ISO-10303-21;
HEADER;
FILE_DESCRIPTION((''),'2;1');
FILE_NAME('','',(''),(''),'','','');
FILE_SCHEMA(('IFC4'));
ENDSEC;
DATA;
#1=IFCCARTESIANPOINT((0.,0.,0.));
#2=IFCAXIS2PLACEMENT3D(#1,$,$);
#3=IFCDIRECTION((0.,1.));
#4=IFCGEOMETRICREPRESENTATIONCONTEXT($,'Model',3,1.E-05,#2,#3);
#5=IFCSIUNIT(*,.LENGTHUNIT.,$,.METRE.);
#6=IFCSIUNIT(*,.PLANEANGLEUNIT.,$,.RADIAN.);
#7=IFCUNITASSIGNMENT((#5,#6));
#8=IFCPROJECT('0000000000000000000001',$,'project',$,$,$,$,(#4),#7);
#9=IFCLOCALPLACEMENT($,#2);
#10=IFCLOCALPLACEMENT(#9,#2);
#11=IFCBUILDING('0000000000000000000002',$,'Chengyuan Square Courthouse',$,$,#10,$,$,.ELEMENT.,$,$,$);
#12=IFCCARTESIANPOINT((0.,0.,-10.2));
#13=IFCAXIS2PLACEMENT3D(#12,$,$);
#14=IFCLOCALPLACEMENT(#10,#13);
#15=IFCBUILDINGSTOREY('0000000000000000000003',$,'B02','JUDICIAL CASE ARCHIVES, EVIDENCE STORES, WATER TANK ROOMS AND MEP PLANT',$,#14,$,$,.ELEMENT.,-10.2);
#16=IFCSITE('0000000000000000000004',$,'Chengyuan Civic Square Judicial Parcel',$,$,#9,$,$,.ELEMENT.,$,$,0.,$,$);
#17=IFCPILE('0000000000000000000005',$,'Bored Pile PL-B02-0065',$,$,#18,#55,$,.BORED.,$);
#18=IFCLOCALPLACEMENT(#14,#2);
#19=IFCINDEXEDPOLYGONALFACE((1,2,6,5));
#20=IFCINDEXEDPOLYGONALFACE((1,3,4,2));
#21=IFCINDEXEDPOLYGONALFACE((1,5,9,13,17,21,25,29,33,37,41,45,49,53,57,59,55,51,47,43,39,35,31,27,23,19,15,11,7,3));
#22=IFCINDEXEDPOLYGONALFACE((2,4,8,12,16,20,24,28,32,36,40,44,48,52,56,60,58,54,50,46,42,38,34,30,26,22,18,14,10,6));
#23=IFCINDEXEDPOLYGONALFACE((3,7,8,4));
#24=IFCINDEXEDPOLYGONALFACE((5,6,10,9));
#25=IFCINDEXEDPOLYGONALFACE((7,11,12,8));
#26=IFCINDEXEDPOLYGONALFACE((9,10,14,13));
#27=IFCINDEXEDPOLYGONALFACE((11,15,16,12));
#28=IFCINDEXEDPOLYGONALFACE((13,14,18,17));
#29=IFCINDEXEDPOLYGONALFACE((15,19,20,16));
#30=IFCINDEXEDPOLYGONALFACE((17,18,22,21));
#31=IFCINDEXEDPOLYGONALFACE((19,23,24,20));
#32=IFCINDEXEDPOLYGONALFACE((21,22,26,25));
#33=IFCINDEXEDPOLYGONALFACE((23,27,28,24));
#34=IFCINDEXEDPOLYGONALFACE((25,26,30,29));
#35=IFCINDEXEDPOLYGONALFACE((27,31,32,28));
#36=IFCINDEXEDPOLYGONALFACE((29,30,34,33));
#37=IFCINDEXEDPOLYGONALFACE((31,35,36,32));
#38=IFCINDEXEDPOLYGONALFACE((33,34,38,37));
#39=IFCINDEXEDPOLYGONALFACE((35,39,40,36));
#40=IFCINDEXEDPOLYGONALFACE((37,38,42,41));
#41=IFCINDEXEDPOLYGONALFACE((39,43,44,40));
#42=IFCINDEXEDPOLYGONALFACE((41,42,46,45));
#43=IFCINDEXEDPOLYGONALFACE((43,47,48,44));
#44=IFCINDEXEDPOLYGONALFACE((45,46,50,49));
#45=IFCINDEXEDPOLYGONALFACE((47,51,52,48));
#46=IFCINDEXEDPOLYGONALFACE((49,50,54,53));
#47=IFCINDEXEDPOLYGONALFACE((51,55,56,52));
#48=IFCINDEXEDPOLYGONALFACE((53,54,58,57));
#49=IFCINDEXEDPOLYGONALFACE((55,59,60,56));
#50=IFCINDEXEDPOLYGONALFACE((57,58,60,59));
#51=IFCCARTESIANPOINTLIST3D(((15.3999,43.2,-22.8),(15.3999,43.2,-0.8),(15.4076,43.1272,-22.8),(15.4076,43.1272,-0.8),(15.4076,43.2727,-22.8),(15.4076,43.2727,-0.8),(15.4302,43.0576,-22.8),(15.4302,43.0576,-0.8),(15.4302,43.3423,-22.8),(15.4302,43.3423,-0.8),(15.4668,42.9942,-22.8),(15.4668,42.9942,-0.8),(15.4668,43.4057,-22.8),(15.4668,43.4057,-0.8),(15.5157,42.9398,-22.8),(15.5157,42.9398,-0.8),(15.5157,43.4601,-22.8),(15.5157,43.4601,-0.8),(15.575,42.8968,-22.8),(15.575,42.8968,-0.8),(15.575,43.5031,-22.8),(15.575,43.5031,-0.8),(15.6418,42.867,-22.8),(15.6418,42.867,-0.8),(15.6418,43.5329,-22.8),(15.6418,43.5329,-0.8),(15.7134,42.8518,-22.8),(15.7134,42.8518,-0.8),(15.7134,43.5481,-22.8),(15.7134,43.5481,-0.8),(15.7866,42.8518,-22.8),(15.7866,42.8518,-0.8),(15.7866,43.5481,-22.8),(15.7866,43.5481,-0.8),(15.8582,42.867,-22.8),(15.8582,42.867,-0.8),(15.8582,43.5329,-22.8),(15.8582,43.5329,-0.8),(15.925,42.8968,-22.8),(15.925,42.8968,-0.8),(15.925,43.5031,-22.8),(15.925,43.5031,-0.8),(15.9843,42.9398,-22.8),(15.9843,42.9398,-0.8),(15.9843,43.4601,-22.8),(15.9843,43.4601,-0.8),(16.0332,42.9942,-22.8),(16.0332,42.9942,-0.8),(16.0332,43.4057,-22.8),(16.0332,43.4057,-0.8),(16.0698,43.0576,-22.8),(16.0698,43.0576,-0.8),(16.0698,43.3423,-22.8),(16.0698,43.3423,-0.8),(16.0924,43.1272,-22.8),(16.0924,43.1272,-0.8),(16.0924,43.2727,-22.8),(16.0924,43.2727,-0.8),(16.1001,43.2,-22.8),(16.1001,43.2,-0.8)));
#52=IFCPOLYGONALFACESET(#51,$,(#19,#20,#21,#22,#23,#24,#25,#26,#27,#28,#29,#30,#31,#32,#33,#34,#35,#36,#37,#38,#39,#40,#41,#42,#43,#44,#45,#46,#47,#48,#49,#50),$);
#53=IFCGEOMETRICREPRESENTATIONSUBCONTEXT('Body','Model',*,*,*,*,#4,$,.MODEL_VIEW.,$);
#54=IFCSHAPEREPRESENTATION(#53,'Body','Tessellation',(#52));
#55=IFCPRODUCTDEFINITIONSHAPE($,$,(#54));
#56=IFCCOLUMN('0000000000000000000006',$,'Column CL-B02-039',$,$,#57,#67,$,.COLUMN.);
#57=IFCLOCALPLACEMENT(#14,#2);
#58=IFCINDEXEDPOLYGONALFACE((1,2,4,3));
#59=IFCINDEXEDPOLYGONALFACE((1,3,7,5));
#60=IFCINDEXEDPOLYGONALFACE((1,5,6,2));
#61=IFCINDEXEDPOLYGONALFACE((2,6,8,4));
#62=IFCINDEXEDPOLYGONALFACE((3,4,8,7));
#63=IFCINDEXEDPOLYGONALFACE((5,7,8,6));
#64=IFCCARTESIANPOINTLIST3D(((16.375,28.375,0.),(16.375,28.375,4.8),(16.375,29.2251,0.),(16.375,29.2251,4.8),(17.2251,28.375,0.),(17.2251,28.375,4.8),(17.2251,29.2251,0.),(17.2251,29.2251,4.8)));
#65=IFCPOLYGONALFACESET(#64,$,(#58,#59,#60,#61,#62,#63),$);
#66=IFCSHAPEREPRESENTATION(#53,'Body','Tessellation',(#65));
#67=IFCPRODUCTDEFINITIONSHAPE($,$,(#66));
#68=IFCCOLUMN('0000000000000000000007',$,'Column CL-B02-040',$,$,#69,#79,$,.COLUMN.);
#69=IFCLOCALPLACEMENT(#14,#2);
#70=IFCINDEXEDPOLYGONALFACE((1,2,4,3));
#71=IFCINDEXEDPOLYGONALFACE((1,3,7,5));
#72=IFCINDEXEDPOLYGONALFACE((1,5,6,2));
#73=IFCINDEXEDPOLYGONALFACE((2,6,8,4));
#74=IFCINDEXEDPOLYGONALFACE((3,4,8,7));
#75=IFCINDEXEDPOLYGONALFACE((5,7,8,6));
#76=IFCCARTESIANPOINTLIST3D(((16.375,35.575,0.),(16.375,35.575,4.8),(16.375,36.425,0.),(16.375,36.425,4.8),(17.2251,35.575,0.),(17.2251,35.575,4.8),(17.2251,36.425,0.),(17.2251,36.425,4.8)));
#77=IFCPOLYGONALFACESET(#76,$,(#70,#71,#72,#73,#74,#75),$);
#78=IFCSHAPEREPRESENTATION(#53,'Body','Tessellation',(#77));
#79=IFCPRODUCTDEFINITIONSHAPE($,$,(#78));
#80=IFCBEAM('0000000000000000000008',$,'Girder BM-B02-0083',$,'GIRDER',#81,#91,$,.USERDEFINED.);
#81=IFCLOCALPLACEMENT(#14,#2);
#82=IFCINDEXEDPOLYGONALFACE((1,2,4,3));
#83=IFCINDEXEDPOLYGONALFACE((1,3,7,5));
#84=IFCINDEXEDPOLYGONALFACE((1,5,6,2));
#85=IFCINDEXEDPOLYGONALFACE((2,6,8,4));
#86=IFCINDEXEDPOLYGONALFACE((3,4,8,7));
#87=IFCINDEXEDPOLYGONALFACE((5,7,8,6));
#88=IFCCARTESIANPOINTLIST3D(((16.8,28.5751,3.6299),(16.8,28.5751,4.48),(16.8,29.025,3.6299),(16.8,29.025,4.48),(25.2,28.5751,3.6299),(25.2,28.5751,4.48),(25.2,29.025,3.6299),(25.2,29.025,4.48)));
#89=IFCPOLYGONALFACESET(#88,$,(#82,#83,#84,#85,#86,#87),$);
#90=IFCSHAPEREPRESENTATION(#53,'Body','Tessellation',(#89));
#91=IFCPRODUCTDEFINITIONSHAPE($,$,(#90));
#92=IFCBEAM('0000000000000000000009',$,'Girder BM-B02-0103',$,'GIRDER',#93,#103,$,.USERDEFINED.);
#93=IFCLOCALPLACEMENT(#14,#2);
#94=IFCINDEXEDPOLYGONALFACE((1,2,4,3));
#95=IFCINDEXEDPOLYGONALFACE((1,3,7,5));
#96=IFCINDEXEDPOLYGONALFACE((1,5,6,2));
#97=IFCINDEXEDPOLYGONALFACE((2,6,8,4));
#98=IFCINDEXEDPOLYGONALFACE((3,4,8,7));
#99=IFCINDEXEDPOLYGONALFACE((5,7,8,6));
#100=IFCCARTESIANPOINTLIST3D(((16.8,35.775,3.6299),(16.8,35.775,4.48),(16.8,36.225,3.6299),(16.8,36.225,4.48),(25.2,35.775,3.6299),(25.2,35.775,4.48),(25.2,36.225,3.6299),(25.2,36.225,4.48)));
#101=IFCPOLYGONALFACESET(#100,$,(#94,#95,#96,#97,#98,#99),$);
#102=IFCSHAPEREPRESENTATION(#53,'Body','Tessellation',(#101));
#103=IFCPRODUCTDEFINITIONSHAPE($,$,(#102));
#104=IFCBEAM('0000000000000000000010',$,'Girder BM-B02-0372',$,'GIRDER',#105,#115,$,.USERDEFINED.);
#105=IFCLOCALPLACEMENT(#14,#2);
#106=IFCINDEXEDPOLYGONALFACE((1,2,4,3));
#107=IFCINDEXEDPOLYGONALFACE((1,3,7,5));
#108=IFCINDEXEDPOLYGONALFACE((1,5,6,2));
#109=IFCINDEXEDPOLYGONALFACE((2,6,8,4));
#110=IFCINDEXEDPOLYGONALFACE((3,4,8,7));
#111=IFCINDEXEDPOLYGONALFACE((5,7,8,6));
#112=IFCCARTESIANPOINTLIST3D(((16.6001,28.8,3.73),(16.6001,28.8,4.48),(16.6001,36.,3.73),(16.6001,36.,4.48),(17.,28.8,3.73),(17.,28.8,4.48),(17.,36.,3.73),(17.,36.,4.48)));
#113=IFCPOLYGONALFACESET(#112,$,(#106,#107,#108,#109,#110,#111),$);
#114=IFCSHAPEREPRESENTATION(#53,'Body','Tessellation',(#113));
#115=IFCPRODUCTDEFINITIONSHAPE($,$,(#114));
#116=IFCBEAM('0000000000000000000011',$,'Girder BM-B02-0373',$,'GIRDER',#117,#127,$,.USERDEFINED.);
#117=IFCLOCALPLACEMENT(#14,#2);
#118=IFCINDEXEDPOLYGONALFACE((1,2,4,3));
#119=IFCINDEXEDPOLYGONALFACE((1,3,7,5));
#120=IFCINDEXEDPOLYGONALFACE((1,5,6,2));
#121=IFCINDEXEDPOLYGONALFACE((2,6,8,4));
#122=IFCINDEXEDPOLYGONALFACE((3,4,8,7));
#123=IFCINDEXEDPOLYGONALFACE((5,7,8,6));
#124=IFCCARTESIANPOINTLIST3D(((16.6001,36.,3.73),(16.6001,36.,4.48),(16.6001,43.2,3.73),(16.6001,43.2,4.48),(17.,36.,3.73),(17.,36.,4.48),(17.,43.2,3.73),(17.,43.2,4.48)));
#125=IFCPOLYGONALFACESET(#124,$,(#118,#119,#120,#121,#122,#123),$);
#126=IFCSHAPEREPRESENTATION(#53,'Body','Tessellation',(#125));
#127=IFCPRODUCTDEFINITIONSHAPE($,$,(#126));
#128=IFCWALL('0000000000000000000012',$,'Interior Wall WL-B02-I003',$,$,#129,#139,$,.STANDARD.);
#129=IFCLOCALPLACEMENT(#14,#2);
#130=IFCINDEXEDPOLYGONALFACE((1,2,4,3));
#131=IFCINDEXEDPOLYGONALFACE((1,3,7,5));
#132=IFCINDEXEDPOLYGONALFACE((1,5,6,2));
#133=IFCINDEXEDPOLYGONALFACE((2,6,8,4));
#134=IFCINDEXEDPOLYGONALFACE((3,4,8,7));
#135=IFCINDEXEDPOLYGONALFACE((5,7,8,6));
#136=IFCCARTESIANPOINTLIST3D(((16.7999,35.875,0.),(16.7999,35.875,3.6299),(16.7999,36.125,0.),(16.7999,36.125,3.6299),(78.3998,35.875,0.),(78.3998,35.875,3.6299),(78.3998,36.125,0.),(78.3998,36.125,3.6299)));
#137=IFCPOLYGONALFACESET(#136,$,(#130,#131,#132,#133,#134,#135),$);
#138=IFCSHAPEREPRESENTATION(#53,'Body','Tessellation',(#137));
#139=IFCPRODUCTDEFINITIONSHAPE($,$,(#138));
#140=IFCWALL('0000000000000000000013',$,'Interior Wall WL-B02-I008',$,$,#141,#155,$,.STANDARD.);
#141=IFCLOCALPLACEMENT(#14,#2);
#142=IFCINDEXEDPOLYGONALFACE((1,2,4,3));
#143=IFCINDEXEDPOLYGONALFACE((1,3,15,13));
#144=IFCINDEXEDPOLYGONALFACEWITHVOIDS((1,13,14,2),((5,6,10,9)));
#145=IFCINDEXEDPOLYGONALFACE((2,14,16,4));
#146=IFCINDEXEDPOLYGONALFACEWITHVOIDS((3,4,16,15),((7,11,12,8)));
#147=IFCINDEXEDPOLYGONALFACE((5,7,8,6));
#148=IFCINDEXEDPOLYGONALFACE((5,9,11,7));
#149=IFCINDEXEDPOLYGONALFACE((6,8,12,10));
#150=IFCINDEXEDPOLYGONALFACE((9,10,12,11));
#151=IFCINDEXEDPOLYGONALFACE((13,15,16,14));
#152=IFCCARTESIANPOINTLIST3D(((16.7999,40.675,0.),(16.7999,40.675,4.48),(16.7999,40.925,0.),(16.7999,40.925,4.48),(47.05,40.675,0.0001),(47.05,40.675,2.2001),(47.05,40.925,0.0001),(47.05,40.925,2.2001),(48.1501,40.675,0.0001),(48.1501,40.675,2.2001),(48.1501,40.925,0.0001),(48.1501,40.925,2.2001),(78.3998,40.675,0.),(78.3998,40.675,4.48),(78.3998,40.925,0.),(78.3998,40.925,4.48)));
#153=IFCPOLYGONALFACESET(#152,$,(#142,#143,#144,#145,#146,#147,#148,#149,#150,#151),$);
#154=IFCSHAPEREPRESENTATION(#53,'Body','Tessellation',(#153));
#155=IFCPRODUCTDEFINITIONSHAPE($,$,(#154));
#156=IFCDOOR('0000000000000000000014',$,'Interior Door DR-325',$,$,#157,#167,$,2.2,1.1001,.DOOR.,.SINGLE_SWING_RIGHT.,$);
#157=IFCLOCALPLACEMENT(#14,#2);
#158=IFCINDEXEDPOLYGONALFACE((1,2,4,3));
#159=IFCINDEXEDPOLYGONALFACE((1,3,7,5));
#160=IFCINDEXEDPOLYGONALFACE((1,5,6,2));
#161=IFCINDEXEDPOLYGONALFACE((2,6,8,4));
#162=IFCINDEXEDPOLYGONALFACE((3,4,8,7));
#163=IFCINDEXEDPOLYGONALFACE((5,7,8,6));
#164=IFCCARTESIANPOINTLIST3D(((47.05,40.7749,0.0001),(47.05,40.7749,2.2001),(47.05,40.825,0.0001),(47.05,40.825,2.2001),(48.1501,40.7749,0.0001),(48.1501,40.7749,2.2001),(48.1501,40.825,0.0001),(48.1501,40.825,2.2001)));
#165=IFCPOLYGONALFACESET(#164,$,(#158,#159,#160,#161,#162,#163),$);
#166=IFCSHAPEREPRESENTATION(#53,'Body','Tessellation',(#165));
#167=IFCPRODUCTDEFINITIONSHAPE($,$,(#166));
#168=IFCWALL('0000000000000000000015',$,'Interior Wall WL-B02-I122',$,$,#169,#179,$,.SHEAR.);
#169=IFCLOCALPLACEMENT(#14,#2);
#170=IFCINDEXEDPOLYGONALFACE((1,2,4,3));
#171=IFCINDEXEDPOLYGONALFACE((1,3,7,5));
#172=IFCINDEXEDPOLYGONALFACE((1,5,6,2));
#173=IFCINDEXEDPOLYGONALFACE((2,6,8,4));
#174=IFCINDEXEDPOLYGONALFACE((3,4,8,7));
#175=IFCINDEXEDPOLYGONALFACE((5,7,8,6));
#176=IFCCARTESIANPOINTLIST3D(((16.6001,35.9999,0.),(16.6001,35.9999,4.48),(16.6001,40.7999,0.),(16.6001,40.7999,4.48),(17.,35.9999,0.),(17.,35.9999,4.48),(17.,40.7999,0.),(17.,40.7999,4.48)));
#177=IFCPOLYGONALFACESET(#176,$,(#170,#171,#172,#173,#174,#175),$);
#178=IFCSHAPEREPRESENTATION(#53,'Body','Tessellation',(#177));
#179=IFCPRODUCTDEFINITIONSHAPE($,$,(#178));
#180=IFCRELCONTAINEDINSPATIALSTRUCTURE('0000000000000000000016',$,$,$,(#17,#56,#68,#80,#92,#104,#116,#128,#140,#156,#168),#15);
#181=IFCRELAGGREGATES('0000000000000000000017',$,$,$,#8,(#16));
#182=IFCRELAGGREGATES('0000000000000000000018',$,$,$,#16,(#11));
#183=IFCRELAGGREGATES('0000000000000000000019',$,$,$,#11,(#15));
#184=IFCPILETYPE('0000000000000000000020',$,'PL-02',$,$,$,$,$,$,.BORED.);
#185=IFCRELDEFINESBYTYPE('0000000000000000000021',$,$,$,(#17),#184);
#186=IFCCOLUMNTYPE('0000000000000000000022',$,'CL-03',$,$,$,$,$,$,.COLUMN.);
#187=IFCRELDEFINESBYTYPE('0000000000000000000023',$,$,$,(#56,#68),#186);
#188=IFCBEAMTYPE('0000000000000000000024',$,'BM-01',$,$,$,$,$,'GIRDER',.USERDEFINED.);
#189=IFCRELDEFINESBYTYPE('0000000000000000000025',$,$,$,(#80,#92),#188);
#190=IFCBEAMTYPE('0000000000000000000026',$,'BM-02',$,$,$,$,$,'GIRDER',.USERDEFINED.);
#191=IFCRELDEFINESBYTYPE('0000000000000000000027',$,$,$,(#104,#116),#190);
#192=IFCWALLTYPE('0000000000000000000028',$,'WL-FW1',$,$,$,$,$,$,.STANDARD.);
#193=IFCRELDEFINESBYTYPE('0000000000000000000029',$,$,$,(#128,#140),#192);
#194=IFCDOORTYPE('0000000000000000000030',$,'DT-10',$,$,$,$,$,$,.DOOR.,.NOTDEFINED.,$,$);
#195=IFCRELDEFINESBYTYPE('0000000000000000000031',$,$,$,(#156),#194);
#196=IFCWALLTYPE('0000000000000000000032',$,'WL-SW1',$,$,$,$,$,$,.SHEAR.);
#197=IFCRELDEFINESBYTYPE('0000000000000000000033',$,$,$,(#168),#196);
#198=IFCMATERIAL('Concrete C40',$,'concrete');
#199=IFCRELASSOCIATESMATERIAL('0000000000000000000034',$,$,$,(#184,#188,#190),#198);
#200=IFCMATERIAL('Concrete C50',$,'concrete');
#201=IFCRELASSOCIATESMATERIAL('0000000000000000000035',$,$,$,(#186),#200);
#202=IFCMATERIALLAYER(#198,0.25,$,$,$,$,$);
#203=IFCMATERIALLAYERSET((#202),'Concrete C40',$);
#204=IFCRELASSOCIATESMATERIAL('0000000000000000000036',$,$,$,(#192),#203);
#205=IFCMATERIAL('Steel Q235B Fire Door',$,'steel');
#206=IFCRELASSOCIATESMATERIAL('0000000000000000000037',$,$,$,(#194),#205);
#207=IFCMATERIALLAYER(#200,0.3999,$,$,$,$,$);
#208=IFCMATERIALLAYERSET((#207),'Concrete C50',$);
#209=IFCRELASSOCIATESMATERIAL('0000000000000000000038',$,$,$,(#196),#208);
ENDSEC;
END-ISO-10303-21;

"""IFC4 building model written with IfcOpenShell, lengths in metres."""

from ifc_helpers import new_model, si_unit, direction, frame, frame_2d, origin, origin_2d, place, context, subcontext, project, spatial, rectangle, circle, extrude, material, layer, layer_set, material_profile, profile_set, type_object, element, fill, save


model = new_model("IFC4")

# Units and contexts
model_context = context("Model", 3, precision=1e-05, world=origin(), true_north=direction((0.0, 1.0)))
body_context = subcontext(model_context, "Body", "Model", "MODEL_VIEW")
ifc_project = project(units=[si_unit("LENGTHUNIT", "METRE"), si_unit("PLANEANGLEUNIT", "RADIAN")], contexts=[model_context])

# Site, building, storey
site_placement = place(None, origin())
site = spatial("IfcSite", under=ifc_project, at=site_placement, Name="Chengyuan Civic Square Judicial Parcel", CompositionType="ELEMENT", RefElevation=0.0)
building_placement = place(site_placement, origin())
building = spatial("IfcBuilding", under=site, at=building_placement, Name="Chengyuan Square Courthouse", CompositionType="ELEMENT")
storey_placement = place(building_placement, frame((0.0, 0.0, -10.2)))
storey = spatial("IfcBuildingStorey", under=building, at=storey_placement, Name="B02", Description="JUDICIAL CASE ARCHIVES, EVIDENCE STORES, WATER TANK ROOMS AND MEP PLANT", CompositionType="ELEMENT", Elevation=-10.2)

# Shared definitions
ifc_material_1 = material(Name="Concrete C40", Category="concrete")

# Pile
ifc_material_profile_1 = material_profile(ifc_material_1, circle(Radius=0.3501, at=origin_2d()), Name="BORED PILE D700")
ifc_profile_set_1 = profile_set([ifc_material_profile_1], Name="Concrete C40")
pile_type = type_object("IfcPileType", Name="PL-02", PredefinedType="BORED", material=ifc_profile_set_1)
for number, where, z_axis, x_axis, name in (
    (1, (15.75, 43.2, -0.8), (0.0, 0.0, -1.0), (1.0, 0.0, 0.0), "Bored Pile PL-B02-0065"),
):
    element("IfcPile", number, at=place(storey_placement, frame(where, z_axis=z_axis, x_axis=x_axis)), inside=storey, type_object=pile_type, Name=name, PredefinedType="BORED", context=body_context, shape_type="SweptSolid", body=[
        extrude(circle(Radius=0.3501, at=origin_2d()), origin(), (0.0, 0.0, 1.0), 22.0),
    ])

# Columns
ifc_material_2 = material(Name="Concrete C50", Category="concrete")
ifc_material_profile_2 = material_profile(ifc_material_2, rectangle(XDim=0.8501, YDim=0.8501, at=origin_2d()), Name="RC-COL-850x850")
ifc_profile_set_2 = profile_set([ifc_material_profile_2], Name="Concrete C50")
column_type = type_object("IfcColumnType", Name="CL-03", PredefinedType="COLUMN", material=ifc_profile_set_2)
for number, where, z_axis, x_axis, name in (
    (2, (16.8, 28.8, 0.0), (0.0, 0.0, 1.0), (1.0, 0.0, 0.0), "Column CL-B02-039"),
    (3, (16.8, 36.0, 0.0), (0.0, 0.0, 1.0), (1.0, 0.0, 0.0), "Column CL-B02-040"),
):
    element("IfcColumn", number, at=place(storey_placement, frame(where, z_axis=z_axis, x_axis=x_axis)), inside=storey, type_object=column_type, Name=name, PredefinedType="COLUMN", context=body_context, shape_type="SweptSolid", body=[
        extrude(rectangle(XDim=0.8501, YDim=0.8501, at=origin_2d()), origin(), (0.0, 0.0, 1.0), 4.8),
    ])

# Beams
ifc_material_profile_3 = material_profile(ifc_material_1, rectangle(XDim=0.45, YDim=0.8501, at=origin_2d()), Name="RC-BM-450x850")
ifc_profile_set_3 = profile_set([ifc_material_profile_3], Name="Concrete C40")
beam_type_1 = type_object("IfcBeamType", Name="BM-01", ElementType="GIRDER", PredefinedType="USERDEFINED", material=ifc_profile_set_3)
for number, where, z_axis, x_axis, name in (
    (4, (16.8, 28.8, 4.0549), (1.0, 0.0, 0.0), (0.0, 1.0, 0.0), "Girder BM-B02-0083"),
    (5, (16.8, 36.0, 4.0549), (1.0, 0.0, 0.0), (0.0, 1.0, 0.0), "Girder BM-B02-0103"),
):
    element("IfcBeam", number, at=place(storey_placement, frame(where, z_axis=z_axis, x_axis=x_axis)), inside=storey, type_object=beam_type_1, Name=name, ObjectType="GIRDER", PredefinedType="USERDEFINED", context=body_context, shape_type="SweptSolid", body=[
        extrude(rectangle(XDim=0.45, YDim=0.8501, at=origin_2d()), origin(), (0.0, 0.0, 1.0), 8.3999),
    ])
ifc_material_profile_4 = material_profile(ifc_material_1, rectangle(XDim=0.3999, YDim=0.75, at=origin_2d()), Name="RC-BM-400x750")
ifc_profile_set_4 = profile_set([ifc_material_profile_4], Name="Concrete C40")
beam_type_2 = type_object("IfcBeamType", Name="BM-02", ElementType="GIRDER", PredefinedType="USERDEFINED", material=ifc_profile_set_4)
for number, where, z_axis, x_axis, name in (
    (6, (16.8, 28.8, 4.105), (0.0, 1.0, 0.0), (-1.0, 0.0, 0.0), "Girder BM-B02-0372"),
    (7, (16.8, 36.0, 4.105), (0.0, 1.0, 0.0), (-1.0, 0.0, 0.0), "Girder BM-B02-0373"),
):
    element("IfcBeam", number, at=place(storey_placement, frame(where, z_axis=z_axis, x_axis=x_axis)), inside=storey, type_object=beam_type_2, Name=name, ObjectType="GIRDER", PredefinedType="USERDEFINED", context=body_context, shape_type="SweptSolid", body=[
        extrude(rectangle(XDim=0.3999, YDim=0.75, at=origin_2d()), origin(), (0.0, 0.0, 1.0), 7.2),
    ])

# Wall
ifc_layer_1 = layer(ifc_material_1, 0.25)
ifc_layer_set_1 = layer_set([ifc_layer_1], Name="Concrete C40")
wall_type_1 = type_object("IfcWallType", Name="WL-FW1", PredefinedType="STANDARD", material=ifc_layer_set_1)
wall_1_placement = place(storey_placement, frame((16.8, 36.0, 0.0), z_axis=(0.0, 0.0, 1.0), x_axis=(1.0, 0.0, 0.0)))
element("IfcWall", 8, at=wall_1_placement, inside=storey, type_object=wall_type_1, Name="Interior Wall WL-B02-I003", PredefinedType="STANDARD", context=body_context, shape_type="SweptSolid", body=[
    extrude(rectangle(XDim=61.5999, YDim=0.25, at=frame_2d((30.7998, 0.0))), origin(), (0.0, 0.0, 1.0), 3.6299),
])

# Wall, opening, door
wall_2_placement = place(storey_placement, frame((16.8, 40.8, 0.0), z_axis=(0.0, 0.0, 1.0), x_axis=(1.0, 0.0, 0.0)))
wall_2 = element("IfcWall", 9, at=wall_2_placement, inside=storey, type_object=wall_type_1, Name="Interior Wall WL-B02-I008", PredefinedType="STANDARD", context=body_context, shape_type="SweptSolid", body=[
    extrude(rectangle(XDim=61.5999, YDim=0.25, at=frame_2d((30.7998, 0.0))), origin(), (0.0, 0.0, 1.0), 4.48),
])
opening_1_placement = place(wall_2_placement, frame((30.25, 0.0, 0.0)))
opening_1 = element("IfcOpeningElement", 10, at=opening_1_placement, cuts=wall_2, PredefinedType="OPENING", context=body_context, shape_type="SweptSolid", body=[
    extrude(rectangle(XDim=1.1001, YDim=2.2, at=frame_2d((0.55, 1.1001))), frame((0.0, 0.137, 0.0), z_axis=(0.0, -1.0, 0.0), x_axis=(1.0, 0.0, 0.0)), (0.0, 0.0, 1.0), 0.2739),
])
ifc_material_3 = material(Name="Steel Q235B Fire Door", Category="steel")
door_type_1 = type_object("IfcDoorType", Name="DT-10", OperationType="NOTDEFINED", PredefinedType="DOOR", material=ifc_material_3)
door_1_placement = place(opening_1_placement, origin())
door_1 = element("IfcDoor", 11, at=door_1_placement, inside=storey, type_object=door_type_1, Name="Interior Door DR-325", OperationType="SINGLE_SWING_RIGHT", OverallHeight=2.2, OverallWidth=1.1001, PredefinedType="DOOR", context=body_context, shape_type="SweptSolid", body=[
    extrude(rectangle(XDim=1.1001, YDim=2.2, at=frame_2d((0.55, 1.1001))), frame((0.0, 0.0249, 0.0), z_axis=(0.0, -1.0, 0.0), x_axis=(1.0, 0.0, 0.0)), (0.0, 0.0, 1.0), 0.05),
])
fill(opening_1, door_1)

# Wall
ifc_layer_2 = layer(ifc_material_2, 0.3999)
ifc_layer_set_2 = layer_set([ifc_layer_2], Name="Concrete C50")
wall_type_2 = type_object("IfcWallType", Name="WL-SW1", PredefinedType="SHEAR", material=ifc_layer_set_2)
wall_3_placement = place(storey_placement, frame((16.8, 36.0, 0.0), z_axis=(0.0, 0.0, 1.0), x_axis=(0.0, 1.0, 0.0)))
element("IfcWall", 12, at=wall_3_placement, inside=storey, type_object=wall_type_2, Name="Interior Wall WL-B02-I122", PredefinedType="SHEAR", context=body_context, shape_type="SweptSolid", body=[
    extrude(rectangle(XDim=4.8, YDim=0.3999, at=frame_2d((2.3999, 0.0))), origin(), (0.0, 0.0, 1.0), 4.48),
])

save(model, "model.ifc")
